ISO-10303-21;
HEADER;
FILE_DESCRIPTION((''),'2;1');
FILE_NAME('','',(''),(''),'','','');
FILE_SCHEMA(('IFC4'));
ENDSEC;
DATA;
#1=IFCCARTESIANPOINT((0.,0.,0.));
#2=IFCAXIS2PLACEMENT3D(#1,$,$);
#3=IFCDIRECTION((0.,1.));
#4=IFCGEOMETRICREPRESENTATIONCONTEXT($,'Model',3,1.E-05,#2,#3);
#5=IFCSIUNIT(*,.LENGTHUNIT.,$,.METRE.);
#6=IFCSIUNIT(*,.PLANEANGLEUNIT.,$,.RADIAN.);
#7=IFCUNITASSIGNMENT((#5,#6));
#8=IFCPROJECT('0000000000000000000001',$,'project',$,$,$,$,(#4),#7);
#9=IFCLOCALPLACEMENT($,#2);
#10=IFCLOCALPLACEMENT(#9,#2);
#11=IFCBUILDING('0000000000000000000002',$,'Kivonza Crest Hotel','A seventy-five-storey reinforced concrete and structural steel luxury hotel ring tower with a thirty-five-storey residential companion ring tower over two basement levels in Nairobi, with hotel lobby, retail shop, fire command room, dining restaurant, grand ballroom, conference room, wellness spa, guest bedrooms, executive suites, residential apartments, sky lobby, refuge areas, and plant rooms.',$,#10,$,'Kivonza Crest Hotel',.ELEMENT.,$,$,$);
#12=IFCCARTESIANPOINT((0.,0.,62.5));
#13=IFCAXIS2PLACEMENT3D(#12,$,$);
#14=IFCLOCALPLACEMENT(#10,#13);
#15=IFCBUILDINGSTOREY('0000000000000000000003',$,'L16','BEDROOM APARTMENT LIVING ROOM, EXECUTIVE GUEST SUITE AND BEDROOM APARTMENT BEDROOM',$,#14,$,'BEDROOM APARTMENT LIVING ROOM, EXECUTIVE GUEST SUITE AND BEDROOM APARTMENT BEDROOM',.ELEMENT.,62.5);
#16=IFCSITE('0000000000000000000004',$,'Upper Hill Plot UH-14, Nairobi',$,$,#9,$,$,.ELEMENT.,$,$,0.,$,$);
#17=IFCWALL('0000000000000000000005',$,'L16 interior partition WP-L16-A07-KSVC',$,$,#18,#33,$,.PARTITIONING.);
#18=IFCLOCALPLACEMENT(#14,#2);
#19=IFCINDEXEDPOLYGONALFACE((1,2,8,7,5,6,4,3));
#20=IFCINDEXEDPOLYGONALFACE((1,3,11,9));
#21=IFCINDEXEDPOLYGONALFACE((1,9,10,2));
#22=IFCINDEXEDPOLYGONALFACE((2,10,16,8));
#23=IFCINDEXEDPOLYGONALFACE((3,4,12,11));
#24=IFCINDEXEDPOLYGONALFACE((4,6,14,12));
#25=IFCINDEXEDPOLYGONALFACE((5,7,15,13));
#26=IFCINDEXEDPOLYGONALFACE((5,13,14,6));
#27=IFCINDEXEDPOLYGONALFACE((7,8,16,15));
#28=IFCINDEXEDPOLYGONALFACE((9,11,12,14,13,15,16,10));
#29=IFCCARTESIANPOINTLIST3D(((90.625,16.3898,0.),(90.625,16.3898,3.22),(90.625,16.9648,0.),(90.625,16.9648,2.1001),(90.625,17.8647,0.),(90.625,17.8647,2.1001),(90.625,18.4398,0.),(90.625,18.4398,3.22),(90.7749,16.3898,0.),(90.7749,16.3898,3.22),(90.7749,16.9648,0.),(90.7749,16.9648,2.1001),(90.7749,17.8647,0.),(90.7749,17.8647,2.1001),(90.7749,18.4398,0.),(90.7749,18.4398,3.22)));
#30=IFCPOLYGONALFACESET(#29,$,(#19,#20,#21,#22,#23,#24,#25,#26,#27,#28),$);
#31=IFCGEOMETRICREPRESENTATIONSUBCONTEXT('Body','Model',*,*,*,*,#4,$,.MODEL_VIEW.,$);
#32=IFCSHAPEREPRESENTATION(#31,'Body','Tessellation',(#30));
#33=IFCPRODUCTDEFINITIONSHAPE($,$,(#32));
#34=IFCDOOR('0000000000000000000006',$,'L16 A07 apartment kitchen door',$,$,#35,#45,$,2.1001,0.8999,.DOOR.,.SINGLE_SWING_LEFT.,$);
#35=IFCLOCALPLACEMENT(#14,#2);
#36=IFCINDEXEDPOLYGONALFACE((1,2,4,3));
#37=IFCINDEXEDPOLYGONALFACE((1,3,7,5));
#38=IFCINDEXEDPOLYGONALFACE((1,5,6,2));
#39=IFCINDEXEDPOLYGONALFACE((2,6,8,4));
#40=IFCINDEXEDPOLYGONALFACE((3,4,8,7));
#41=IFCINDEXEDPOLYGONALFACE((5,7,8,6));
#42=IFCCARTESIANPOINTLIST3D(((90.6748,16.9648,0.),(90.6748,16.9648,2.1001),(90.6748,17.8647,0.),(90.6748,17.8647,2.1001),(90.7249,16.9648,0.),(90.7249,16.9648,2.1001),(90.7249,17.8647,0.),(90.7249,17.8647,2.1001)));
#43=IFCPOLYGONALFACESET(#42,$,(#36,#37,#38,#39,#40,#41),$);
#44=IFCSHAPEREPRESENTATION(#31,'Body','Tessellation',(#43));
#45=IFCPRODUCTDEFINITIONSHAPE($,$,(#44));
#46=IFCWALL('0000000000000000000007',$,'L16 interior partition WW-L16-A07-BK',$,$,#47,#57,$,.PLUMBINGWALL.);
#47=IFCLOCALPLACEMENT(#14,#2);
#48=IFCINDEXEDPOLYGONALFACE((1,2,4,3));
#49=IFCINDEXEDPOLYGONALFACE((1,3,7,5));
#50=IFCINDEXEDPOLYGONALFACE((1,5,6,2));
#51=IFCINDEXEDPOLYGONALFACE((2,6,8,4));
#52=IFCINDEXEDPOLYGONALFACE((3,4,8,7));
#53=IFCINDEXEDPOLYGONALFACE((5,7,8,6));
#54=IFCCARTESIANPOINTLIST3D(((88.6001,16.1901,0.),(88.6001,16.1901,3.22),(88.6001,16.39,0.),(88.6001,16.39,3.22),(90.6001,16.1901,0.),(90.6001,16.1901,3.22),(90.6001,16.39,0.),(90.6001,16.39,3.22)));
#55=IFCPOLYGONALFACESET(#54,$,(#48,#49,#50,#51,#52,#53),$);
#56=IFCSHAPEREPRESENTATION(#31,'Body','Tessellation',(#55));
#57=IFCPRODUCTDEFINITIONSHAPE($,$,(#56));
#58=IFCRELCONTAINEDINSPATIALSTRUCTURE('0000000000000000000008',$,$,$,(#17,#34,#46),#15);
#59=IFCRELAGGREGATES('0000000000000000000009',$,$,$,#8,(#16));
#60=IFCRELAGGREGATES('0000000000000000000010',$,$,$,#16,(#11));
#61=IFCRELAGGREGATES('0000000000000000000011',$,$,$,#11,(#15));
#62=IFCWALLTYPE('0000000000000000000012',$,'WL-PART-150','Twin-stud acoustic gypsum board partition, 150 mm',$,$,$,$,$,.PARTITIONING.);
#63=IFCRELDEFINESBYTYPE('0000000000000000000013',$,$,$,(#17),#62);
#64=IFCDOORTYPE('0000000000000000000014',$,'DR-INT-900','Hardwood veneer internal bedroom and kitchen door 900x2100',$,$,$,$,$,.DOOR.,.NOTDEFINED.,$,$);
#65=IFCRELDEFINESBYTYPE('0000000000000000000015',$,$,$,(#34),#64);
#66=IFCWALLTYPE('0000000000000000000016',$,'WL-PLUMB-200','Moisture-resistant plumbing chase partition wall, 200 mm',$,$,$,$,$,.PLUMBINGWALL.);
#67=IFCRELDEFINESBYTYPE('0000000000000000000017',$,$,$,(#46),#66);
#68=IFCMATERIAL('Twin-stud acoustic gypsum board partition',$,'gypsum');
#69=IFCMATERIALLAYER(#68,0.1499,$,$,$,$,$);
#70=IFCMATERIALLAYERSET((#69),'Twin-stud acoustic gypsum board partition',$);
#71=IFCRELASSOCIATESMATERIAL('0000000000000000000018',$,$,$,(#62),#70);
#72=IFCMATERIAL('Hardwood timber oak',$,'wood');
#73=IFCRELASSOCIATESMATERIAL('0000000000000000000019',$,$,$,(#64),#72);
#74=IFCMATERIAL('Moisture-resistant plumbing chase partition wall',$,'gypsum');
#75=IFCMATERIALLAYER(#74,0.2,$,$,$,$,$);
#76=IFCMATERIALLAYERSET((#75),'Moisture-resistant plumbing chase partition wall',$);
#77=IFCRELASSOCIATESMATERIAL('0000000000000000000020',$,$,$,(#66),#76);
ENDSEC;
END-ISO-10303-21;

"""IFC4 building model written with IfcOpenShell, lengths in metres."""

from ifc_helpers import new_model, si_unit, direction, frame, frame_2d, origin, place, context, subcontext, project, spatial, rectangle, extrude, material, layer, layer_set, type_object, element, fill, save


model = new_model("IFC4")

# Units and contexts
model_context = context("Model", 3, precision=1e-05, world=origin(), true_north=direction((0.0, 1.0)))
body_context = subcontext(model_context, "Body", "Model", "MODEL_VIEW")
ifc_project = project(units=[si_unit("LENGTHUNIT", "METRE"), si_unit("PLANEANGLEUNIT", "RADIAN")], contexts=[model_context])

# Site, building, storey
site_placement = place(None, origin())
site = spatial("IfcSite", under=ifc_project, at=site_placement, Name="Upper Hill Plot UH-14, Nairobi", CompositionType="ELEMENT", RefElevation=0.0)
building_placement = place(site_placement, origin())
building = spatial("IfcBuilding", under=site, at=building_placement, Name="Kivonza Crest Hotel", Description="A seventy-five-storey reinforced concrete and structural steel luxury hotel ring tower with a thirty-five-storey residential companion ring tower over two basement levels in Nairobi, with hotel lobby, retail shop, fire command room, dining restaurant, grand ballroom, conference room, wellness spa, guest bedrooms, executive suites, residential apartments, sky lobby, refuge areas, and plant rooms.", LongName="Kivonza Crest Hotel", CompositionType="ELEMENT")
storey_placement = place(building_placement, frame((0.0, 0.0, 62.5)))
storey = spatial("IfcBuildingStorey", under=building, at=storey_placement, Name="L16", Description="BEDROOM APARTMENT LIVING ROOM, EXECUTIVE GUEST SUITE AND BEDROOM APARTMENT BEDROOM", LongName="BEDROOM APARTMENT LIVING ROOM, EXECUTIVE GUEST SUITE AND BEDROOM APARTMENT BEDROOM", CompositionType="ELEMENT", Elevation=62.5)

# Shared definitions
ifc_material_1 = material(Name="Hardwood timber oak", Category="wood")

# Shared definitions
ifc_material_2 = material(Name="Twin-stud acoustic gypsum board partition", Category="gypsum")
ifc_layer_1 = layer(ifc_material_2, 0.1499)
ifc_layer_set_1 = layer_set([ifc_layer_1], Name="Twin-stud acoustic gypsum board partition")
wall_type_1 = type_object("IfcWallType", Name="WL-PART-150", Description="Twin-stud acoustic gypsum board partition, 150 mm", PredefinedType="PARTITIONING", material=ifc_layer_set_1)

# Wall, opening, door
wall_1_placement = place(storey_placement, frame((90.7, 16.3899, 0.0), z_axis=(0.0, 0.0, 1.0), x_axis=(0.0, 1.0, 0.0)))
wall_1 = element("IfcWall", 1, at=wall_1_placement, inside=storey, type_object=wall_type_1, Name="L16 interior partition WP-L16-A07-KSVC", PredefinedType="PARTITIONING", context=body_context, shape_type="SweptSolid", body=[
    extrude(rectangle(XDim=2.05, YDim=0.1499, at=frame_2d((1.0249, 0.0))), origin(), (0.0, 0.0, 1.0), 3.22),
])
opening_1_placement = place(wall_1_placement, frame((0.575, 0.0, 0.0)))
opening_1 = element("IfcOpeningElement", 2, at=opening_1_placement, cuts=wall_1, PredefinedType="OPENING", context=body_context, shape_type="SweptSolid", body=[
    extrude(rectangle(XDim=0.8999, YDim=2.1001, at=frame_2d((0.45, 1.05))), frame((0.0, 0.085, 0.0), z_axis=(0.0, -1.0, 0.0), x_axis=(1.0, 0.0, 0.0)), (0.0, 0.0, 1.0), 0.1699),
])
door_type_1 = type_object("IfcDoorType", Name="DR-INT-900", Description="Hardwood veneer internal bedroom and kitchen door 900x2100", OperationType="NOTDEFINED", PredefinedType="DOOR", material=ifc_material_1)
door_1_placement = place(opening_1_placement, frame((0.8999, 0.0, 0.0), z_axis=(0.0, 0.0, 1.0), x_axis=(-1.0, 0.0, 0.0)))
door_1 = element("IfcDoor", 3, at=door_1_placement, inside=storey, type_object=door_type_1, Name="L16 A07 apartment kitchen door", OperationType="SINGLE_SWING_LEFT", OverallHeight=2.1001, OverallWidth=0.8999, PredefinedType="DOOR", context=body_context, shape_type="SweptSolid", body=[
    extrude(rectangle(XDim=0.8999, YDim=2.1001, at=frame_2d((0.45, 1.05))), frame((0.0, 0.0249, 0.0), z_axis=(0.0, -1.0, 0.0), x_axis=(1.0, 0.0, 0.0)), (0.0, 0.0, 1.0), 0.05),
])
fill(opening_1, door_1)

# Wall
ifc_material_3 = material(Name="Moisture-resistant plumbing chase partition wall", Category="gypsum")
ifc_layer_2 = layer(ifc_material_3, 0.2)
ifc_layer_set_2 = layer_set([ifc_layer_2], Name="Moisture-resistant plumbing chase partition wall")
wall_type_2 = type_object("IfcWallType", Name="WL-PLUMB-200", Description="Moisture-resistant plumbing chase partition wall, 200 mm", PredefinedType="PLUMBINGWALL", material=ifc_layer_set_2)
wall_2_placement = place(storey_placement, frame((88.6001, 16.29, 0.0), z_axis=(0.0, 0.0, 1.0), x_axis=(1.0, 0.0, 0.0)))
element("IfcWall", 4, at=wall_2_placement, inside=storey, type_object=wall_type_2, Name="L16 interior partition WW-L16-A07-BK", PredefinedType="PLUMBINGWALL", context=body_context, shape_type="SweptSolid", body=[
    extrude(rectangle(XDim=2.0, YDim=0.2, at=frame_2d((1.0, 0.0))), origin(), (0.0, 0.0, 1.0), 3.22),
])

save(model, "model.ifc")
